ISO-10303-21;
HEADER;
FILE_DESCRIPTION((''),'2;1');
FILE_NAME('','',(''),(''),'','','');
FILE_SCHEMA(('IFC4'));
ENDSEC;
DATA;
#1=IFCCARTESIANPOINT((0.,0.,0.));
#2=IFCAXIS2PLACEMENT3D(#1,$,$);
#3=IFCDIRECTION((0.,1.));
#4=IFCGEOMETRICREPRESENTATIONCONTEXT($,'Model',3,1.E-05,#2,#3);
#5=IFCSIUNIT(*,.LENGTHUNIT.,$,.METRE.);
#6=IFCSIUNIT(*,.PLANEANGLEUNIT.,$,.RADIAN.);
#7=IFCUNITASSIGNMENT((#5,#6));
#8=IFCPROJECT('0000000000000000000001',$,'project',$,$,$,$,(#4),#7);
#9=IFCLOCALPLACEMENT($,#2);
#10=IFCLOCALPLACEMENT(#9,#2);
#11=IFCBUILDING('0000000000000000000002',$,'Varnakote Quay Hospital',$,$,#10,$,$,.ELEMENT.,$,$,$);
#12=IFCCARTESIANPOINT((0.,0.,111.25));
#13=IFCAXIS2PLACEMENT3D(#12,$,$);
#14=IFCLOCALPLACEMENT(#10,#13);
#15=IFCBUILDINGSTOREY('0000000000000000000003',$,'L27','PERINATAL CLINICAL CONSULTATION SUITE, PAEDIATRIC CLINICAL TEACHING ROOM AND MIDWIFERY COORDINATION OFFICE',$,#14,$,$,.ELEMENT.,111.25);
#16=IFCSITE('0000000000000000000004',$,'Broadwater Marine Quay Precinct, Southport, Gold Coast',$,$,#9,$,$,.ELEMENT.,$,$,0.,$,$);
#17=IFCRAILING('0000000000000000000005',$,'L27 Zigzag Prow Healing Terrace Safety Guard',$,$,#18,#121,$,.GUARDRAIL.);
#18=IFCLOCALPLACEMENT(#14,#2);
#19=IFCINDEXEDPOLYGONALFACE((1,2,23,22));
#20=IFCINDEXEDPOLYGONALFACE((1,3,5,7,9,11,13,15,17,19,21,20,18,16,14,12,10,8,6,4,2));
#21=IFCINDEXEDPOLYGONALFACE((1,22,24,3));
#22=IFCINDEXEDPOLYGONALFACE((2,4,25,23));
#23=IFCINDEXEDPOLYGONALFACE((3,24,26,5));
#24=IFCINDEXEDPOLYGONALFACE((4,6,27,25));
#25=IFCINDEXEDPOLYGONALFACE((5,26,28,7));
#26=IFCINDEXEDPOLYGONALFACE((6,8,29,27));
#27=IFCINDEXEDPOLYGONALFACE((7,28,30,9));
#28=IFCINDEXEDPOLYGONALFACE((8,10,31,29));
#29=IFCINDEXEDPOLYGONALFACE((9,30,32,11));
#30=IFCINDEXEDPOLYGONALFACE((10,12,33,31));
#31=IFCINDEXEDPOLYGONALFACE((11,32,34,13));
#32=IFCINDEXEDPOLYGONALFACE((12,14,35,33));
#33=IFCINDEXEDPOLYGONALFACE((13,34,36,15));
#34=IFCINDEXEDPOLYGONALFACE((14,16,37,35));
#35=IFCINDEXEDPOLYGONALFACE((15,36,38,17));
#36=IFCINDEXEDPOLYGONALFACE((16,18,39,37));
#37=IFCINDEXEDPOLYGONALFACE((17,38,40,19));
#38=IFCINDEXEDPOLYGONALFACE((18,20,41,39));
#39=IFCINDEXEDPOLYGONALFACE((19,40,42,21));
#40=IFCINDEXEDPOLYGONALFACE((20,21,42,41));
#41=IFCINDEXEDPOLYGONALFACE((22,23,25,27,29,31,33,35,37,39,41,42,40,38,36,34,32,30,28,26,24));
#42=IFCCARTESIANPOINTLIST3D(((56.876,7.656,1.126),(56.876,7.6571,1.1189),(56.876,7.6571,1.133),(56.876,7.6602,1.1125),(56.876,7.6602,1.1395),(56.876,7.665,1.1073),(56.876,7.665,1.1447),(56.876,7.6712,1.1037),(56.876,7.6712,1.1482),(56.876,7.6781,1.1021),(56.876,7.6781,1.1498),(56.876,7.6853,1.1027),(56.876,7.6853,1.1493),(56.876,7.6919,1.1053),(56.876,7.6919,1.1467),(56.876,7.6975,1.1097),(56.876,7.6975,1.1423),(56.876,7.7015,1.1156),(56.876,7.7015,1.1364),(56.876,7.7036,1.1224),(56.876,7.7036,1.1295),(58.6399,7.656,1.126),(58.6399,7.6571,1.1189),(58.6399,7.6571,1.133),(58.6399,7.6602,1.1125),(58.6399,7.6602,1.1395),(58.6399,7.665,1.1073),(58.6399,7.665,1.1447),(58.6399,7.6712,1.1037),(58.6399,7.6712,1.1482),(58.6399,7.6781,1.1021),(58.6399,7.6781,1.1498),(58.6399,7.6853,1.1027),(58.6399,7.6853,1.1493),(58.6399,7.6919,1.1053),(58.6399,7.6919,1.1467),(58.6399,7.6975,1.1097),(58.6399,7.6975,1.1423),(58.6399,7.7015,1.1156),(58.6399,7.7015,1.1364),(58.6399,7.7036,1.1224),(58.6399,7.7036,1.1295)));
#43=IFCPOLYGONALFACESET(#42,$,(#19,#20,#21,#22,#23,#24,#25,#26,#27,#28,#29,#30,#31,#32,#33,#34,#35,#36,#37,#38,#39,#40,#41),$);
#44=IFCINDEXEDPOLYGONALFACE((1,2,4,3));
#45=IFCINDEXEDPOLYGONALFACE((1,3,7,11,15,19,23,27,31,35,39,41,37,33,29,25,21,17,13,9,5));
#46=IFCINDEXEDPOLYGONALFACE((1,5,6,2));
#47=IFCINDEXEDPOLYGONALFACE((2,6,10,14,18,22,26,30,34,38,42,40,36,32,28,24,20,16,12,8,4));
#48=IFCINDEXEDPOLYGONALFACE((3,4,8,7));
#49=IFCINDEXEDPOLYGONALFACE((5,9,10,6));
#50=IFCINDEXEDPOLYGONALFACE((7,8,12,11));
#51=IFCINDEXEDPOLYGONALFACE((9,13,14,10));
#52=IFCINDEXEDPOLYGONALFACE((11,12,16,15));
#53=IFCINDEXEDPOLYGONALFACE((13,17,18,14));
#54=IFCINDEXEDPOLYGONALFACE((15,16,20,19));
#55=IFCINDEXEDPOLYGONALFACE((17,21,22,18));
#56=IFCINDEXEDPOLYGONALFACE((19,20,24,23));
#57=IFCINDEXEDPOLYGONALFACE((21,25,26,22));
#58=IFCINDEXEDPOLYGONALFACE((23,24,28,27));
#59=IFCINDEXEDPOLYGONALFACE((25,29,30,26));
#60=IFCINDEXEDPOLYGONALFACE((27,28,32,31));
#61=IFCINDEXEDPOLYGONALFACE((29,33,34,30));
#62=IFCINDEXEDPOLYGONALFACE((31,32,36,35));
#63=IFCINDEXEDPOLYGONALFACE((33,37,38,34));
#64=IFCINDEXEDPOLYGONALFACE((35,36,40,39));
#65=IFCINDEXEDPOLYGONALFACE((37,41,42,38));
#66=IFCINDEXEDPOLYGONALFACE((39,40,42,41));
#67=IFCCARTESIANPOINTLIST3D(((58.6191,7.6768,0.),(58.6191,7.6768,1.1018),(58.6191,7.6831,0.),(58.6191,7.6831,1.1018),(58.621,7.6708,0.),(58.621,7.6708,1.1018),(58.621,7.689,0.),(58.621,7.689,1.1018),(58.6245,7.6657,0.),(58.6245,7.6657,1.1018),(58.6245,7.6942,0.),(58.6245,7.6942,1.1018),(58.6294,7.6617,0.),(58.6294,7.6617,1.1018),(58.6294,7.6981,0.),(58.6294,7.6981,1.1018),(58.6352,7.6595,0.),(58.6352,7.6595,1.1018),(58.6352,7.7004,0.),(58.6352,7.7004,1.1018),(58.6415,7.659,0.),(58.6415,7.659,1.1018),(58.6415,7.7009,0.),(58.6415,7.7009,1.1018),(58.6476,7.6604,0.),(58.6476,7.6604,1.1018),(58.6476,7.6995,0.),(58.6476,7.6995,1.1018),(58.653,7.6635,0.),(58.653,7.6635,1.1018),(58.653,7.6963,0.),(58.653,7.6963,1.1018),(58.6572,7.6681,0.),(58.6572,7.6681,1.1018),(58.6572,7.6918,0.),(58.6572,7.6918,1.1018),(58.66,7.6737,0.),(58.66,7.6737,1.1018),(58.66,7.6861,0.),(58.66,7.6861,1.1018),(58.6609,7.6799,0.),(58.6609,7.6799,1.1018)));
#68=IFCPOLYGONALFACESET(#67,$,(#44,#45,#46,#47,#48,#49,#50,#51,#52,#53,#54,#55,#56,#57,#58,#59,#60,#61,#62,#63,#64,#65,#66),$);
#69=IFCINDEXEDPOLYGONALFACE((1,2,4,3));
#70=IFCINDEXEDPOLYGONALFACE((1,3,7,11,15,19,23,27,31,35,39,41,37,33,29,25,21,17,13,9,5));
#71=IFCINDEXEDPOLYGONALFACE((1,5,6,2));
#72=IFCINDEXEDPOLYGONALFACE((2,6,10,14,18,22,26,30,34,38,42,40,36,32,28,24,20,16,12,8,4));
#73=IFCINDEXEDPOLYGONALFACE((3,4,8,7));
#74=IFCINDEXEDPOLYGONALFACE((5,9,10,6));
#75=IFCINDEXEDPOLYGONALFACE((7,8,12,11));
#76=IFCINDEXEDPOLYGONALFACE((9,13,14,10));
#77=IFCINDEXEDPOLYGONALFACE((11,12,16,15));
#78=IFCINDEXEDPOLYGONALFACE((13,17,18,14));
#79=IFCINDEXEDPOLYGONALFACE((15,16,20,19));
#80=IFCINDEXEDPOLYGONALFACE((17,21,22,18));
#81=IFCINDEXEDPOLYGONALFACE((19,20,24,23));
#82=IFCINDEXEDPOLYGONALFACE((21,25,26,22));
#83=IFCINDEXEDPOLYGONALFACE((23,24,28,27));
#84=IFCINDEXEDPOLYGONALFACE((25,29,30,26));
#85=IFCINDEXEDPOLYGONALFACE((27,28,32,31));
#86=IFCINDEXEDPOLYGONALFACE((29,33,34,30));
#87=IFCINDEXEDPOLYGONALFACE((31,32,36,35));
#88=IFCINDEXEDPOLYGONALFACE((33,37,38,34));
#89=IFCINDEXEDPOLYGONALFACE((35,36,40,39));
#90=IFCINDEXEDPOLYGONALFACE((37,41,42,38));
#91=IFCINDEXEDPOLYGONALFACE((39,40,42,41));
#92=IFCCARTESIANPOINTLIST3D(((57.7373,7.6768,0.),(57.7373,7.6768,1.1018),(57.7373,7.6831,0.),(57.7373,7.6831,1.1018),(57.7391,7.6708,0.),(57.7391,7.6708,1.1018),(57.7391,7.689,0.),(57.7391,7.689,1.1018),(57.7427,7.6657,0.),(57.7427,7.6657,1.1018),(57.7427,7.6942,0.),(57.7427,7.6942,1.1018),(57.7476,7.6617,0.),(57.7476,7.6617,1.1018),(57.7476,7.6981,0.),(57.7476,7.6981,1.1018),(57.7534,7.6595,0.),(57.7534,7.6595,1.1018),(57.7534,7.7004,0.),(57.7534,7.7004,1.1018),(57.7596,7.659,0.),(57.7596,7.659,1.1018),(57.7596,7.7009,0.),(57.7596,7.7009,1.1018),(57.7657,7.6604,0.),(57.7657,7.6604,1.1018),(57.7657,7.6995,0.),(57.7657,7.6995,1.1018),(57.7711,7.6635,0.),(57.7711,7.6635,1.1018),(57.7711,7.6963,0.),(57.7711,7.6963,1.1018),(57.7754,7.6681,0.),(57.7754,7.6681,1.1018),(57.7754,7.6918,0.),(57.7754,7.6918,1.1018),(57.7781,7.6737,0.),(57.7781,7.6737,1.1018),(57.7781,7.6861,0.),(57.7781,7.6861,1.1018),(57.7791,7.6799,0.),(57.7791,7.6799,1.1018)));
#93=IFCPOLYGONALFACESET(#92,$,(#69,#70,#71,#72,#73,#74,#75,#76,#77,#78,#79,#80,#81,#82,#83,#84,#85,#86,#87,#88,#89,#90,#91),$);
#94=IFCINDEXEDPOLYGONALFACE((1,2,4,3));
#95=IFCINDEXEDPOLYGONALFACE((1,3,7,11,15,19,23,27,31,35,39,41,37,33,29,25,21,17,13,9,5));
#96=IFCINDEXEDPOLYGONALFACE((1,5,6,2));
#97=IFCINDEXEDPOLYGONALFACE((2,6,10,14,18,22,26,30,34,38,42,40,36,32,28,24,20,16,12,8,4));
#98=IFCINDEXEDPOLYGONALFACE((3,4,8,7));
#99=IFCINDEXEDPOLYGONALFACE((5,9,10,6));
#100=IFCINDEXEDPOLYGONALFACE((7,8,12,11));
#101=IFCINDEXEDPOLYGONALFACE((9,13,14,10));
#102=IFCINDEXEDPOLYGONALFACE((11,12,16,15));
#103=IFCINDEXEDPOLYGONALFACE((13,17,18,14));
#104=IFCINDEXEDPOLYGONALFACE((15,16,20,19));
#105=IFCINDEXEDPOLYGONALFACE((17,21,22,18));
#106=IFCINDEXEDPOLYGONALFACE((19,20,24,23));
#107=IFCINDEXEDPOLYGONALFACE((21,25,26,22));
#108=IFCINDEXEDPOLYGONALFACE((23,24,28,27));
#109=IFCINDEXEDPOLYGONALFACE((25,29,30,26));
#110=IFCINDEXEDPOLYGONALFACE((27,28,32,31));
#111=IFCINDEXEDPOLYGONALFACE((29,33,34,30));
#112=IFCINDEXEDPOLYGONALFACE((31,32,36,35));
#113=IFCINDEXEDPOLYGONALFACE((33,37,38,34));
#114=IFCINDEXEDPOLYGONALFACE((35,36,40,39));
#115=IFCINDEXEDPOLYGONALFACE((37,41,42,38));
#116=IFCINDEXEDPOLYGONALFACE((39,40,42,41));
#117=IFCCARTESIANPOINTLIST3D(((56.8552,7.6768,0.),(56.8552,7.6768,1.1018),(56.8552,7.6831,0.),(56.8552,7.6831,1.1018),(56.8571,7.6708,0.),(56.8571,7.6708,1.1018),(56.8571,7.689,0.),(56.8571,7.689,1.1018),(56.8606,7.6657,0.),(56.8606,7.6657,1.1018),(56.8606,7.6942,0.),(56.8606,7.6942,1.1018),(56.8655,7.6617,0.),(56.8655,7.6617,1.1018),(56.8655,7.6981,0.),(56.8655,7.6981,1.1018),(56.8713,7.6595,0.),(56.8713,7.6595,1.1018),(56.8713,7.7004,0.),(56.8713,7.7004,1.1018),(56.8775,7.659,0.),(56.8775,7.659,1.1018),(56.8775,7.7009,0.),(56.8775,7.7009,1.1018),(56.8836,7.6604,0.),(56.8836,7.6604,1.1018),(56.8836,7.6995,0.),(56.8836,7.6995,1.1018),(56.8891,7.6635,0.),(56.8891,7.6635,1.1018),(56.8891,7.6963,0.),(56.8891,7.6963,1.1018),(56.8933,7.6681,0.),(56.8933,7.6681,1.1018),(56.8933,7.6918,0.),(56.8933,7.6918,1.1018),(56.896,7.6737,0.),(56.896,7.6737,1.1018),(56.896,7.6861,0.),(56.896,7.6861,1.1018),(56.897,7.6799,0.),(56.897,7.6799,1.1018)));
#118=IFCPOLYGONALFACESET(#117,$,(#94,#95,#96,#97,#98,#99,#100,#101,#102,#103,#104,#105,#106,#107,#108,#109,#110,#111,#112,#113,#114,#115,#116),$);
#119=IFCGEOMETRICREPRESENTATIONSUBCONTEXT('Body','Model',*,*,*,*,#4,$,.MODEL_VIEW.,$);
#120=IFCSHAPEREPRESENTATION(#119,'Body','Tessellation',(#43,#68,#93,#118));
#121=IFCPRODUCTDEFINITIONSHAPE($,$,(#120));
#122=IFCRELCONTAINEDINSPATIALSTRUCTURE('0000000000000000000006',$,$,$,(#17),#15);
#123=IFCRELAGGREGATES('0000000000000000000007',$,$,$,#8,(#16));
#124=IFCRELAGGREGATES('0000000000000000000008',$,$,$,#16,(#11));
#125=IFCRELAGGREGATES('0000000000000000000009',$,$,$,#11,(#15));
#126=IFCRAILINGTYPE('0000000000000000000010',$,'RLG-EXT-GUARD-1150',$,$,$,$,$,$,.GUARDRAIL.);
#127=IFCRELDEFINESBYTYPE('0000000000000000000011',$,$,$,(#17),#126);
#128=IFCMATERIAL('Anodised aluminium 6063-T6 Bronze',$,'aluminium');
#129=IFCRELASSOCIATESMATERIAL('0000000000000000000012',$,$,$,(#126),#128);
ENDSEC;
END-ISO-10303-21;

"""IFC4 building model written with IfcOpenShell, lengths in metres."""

from ifc_helpers import new_model, si_unit, direction, frame, origin, origin_2d, place, context, subcontext, project, spatial, circle, extrude, material, type_object, element, save


model = new_model("IFC4")

# Units and contexts
model_context = context("Model", 3, precision=1e-05, world=origin(), true_north=direction((0.0, 1.0)))
body_context = subcontext(model_context, "Body", "Model", "MODEL_VIEW")
ifc_project = project(units=[si_unit("LENGTHUNIT", "METRE"), si_unit("PLANEANGLEUNIT", "RADIAN")], contexts=[model_context])

# Site, building, storey
site_placement = place(None, origin())
site = spatial("IfcSite", under=ifc_project, at=site_placement, Name="Broadwater Marine Quay Precinct, Southport, Gold Coast", CompositionType="ELEMENT", RefElevation=0.0)
building_placement = place(site_placement, origin())
building = spatial("IfcBuilding", under=site, at=building_placement, Name="Varnakote Quay Hospital", CompositionType="ELEMENT")
storey_placement = place(building_placement, frame((0.0, 0.0, 111.25)))
storey = spatial("IfcBuildingStorey", under=building, at=storey_placement, Name="L27", Description="PERINATAL CLINICAL CONSULTATION SUITE, PAEDIATRIC CLINICAL TEACHING ROOM AND MIDWIFERY COORDINATION OFFICE", CompositionType="ELEMENT", Elevation=111.25)

# Railing
ifc_material_1 = material(Name="Anodised aluminium 6063-T6 Bronze", Category="aluminium")
railing_type = type_object("IfcRailingType", Name="RLG-EXT-GUARD-1150", PredefinedType="GUARDRAIL", material=ifc_material_1)
railing_1_placement = place(storey_placement, frame((58.6399, 7.6799, 0.0)))
element("IfcRailing", 1, at=railing_1_placement, inside=storey, type_object=railing_type, Name="L27 Zigzag Prow Healing Terrace Safety Guard", PredefinedType="GUARDRAIL", context=body_context, shape_type="SweptSolid", body=[
    extrude(circle(Radius=0.0239, at=origin_2d()), frame((0.0, 0.0, 1.126), z_axis=(-1.0, 0.0, 0.0), x_axis=(0.0, -1.0, 0.0)), (0.0, 0.0, 1.0), 1.7639),
    extrude(circle(Radius=0.021, at=origin_2d()), origin(), (0.0, 0.0, 1.0), 1.1018),
    extrude(circle(Radius=0.021, at=origin_2d()), frame((-0.8818, 0.0, 0.0)), (0.0, 0.0, 1.0), 1.1018),
    extrude(circle(Radius=0.021, at=origin_2d()), frame((-1.7639, 0.0, 0.0)), (0.0, 0.0, 1.0), 1.1018),
])

save(model, "model.ifc")
